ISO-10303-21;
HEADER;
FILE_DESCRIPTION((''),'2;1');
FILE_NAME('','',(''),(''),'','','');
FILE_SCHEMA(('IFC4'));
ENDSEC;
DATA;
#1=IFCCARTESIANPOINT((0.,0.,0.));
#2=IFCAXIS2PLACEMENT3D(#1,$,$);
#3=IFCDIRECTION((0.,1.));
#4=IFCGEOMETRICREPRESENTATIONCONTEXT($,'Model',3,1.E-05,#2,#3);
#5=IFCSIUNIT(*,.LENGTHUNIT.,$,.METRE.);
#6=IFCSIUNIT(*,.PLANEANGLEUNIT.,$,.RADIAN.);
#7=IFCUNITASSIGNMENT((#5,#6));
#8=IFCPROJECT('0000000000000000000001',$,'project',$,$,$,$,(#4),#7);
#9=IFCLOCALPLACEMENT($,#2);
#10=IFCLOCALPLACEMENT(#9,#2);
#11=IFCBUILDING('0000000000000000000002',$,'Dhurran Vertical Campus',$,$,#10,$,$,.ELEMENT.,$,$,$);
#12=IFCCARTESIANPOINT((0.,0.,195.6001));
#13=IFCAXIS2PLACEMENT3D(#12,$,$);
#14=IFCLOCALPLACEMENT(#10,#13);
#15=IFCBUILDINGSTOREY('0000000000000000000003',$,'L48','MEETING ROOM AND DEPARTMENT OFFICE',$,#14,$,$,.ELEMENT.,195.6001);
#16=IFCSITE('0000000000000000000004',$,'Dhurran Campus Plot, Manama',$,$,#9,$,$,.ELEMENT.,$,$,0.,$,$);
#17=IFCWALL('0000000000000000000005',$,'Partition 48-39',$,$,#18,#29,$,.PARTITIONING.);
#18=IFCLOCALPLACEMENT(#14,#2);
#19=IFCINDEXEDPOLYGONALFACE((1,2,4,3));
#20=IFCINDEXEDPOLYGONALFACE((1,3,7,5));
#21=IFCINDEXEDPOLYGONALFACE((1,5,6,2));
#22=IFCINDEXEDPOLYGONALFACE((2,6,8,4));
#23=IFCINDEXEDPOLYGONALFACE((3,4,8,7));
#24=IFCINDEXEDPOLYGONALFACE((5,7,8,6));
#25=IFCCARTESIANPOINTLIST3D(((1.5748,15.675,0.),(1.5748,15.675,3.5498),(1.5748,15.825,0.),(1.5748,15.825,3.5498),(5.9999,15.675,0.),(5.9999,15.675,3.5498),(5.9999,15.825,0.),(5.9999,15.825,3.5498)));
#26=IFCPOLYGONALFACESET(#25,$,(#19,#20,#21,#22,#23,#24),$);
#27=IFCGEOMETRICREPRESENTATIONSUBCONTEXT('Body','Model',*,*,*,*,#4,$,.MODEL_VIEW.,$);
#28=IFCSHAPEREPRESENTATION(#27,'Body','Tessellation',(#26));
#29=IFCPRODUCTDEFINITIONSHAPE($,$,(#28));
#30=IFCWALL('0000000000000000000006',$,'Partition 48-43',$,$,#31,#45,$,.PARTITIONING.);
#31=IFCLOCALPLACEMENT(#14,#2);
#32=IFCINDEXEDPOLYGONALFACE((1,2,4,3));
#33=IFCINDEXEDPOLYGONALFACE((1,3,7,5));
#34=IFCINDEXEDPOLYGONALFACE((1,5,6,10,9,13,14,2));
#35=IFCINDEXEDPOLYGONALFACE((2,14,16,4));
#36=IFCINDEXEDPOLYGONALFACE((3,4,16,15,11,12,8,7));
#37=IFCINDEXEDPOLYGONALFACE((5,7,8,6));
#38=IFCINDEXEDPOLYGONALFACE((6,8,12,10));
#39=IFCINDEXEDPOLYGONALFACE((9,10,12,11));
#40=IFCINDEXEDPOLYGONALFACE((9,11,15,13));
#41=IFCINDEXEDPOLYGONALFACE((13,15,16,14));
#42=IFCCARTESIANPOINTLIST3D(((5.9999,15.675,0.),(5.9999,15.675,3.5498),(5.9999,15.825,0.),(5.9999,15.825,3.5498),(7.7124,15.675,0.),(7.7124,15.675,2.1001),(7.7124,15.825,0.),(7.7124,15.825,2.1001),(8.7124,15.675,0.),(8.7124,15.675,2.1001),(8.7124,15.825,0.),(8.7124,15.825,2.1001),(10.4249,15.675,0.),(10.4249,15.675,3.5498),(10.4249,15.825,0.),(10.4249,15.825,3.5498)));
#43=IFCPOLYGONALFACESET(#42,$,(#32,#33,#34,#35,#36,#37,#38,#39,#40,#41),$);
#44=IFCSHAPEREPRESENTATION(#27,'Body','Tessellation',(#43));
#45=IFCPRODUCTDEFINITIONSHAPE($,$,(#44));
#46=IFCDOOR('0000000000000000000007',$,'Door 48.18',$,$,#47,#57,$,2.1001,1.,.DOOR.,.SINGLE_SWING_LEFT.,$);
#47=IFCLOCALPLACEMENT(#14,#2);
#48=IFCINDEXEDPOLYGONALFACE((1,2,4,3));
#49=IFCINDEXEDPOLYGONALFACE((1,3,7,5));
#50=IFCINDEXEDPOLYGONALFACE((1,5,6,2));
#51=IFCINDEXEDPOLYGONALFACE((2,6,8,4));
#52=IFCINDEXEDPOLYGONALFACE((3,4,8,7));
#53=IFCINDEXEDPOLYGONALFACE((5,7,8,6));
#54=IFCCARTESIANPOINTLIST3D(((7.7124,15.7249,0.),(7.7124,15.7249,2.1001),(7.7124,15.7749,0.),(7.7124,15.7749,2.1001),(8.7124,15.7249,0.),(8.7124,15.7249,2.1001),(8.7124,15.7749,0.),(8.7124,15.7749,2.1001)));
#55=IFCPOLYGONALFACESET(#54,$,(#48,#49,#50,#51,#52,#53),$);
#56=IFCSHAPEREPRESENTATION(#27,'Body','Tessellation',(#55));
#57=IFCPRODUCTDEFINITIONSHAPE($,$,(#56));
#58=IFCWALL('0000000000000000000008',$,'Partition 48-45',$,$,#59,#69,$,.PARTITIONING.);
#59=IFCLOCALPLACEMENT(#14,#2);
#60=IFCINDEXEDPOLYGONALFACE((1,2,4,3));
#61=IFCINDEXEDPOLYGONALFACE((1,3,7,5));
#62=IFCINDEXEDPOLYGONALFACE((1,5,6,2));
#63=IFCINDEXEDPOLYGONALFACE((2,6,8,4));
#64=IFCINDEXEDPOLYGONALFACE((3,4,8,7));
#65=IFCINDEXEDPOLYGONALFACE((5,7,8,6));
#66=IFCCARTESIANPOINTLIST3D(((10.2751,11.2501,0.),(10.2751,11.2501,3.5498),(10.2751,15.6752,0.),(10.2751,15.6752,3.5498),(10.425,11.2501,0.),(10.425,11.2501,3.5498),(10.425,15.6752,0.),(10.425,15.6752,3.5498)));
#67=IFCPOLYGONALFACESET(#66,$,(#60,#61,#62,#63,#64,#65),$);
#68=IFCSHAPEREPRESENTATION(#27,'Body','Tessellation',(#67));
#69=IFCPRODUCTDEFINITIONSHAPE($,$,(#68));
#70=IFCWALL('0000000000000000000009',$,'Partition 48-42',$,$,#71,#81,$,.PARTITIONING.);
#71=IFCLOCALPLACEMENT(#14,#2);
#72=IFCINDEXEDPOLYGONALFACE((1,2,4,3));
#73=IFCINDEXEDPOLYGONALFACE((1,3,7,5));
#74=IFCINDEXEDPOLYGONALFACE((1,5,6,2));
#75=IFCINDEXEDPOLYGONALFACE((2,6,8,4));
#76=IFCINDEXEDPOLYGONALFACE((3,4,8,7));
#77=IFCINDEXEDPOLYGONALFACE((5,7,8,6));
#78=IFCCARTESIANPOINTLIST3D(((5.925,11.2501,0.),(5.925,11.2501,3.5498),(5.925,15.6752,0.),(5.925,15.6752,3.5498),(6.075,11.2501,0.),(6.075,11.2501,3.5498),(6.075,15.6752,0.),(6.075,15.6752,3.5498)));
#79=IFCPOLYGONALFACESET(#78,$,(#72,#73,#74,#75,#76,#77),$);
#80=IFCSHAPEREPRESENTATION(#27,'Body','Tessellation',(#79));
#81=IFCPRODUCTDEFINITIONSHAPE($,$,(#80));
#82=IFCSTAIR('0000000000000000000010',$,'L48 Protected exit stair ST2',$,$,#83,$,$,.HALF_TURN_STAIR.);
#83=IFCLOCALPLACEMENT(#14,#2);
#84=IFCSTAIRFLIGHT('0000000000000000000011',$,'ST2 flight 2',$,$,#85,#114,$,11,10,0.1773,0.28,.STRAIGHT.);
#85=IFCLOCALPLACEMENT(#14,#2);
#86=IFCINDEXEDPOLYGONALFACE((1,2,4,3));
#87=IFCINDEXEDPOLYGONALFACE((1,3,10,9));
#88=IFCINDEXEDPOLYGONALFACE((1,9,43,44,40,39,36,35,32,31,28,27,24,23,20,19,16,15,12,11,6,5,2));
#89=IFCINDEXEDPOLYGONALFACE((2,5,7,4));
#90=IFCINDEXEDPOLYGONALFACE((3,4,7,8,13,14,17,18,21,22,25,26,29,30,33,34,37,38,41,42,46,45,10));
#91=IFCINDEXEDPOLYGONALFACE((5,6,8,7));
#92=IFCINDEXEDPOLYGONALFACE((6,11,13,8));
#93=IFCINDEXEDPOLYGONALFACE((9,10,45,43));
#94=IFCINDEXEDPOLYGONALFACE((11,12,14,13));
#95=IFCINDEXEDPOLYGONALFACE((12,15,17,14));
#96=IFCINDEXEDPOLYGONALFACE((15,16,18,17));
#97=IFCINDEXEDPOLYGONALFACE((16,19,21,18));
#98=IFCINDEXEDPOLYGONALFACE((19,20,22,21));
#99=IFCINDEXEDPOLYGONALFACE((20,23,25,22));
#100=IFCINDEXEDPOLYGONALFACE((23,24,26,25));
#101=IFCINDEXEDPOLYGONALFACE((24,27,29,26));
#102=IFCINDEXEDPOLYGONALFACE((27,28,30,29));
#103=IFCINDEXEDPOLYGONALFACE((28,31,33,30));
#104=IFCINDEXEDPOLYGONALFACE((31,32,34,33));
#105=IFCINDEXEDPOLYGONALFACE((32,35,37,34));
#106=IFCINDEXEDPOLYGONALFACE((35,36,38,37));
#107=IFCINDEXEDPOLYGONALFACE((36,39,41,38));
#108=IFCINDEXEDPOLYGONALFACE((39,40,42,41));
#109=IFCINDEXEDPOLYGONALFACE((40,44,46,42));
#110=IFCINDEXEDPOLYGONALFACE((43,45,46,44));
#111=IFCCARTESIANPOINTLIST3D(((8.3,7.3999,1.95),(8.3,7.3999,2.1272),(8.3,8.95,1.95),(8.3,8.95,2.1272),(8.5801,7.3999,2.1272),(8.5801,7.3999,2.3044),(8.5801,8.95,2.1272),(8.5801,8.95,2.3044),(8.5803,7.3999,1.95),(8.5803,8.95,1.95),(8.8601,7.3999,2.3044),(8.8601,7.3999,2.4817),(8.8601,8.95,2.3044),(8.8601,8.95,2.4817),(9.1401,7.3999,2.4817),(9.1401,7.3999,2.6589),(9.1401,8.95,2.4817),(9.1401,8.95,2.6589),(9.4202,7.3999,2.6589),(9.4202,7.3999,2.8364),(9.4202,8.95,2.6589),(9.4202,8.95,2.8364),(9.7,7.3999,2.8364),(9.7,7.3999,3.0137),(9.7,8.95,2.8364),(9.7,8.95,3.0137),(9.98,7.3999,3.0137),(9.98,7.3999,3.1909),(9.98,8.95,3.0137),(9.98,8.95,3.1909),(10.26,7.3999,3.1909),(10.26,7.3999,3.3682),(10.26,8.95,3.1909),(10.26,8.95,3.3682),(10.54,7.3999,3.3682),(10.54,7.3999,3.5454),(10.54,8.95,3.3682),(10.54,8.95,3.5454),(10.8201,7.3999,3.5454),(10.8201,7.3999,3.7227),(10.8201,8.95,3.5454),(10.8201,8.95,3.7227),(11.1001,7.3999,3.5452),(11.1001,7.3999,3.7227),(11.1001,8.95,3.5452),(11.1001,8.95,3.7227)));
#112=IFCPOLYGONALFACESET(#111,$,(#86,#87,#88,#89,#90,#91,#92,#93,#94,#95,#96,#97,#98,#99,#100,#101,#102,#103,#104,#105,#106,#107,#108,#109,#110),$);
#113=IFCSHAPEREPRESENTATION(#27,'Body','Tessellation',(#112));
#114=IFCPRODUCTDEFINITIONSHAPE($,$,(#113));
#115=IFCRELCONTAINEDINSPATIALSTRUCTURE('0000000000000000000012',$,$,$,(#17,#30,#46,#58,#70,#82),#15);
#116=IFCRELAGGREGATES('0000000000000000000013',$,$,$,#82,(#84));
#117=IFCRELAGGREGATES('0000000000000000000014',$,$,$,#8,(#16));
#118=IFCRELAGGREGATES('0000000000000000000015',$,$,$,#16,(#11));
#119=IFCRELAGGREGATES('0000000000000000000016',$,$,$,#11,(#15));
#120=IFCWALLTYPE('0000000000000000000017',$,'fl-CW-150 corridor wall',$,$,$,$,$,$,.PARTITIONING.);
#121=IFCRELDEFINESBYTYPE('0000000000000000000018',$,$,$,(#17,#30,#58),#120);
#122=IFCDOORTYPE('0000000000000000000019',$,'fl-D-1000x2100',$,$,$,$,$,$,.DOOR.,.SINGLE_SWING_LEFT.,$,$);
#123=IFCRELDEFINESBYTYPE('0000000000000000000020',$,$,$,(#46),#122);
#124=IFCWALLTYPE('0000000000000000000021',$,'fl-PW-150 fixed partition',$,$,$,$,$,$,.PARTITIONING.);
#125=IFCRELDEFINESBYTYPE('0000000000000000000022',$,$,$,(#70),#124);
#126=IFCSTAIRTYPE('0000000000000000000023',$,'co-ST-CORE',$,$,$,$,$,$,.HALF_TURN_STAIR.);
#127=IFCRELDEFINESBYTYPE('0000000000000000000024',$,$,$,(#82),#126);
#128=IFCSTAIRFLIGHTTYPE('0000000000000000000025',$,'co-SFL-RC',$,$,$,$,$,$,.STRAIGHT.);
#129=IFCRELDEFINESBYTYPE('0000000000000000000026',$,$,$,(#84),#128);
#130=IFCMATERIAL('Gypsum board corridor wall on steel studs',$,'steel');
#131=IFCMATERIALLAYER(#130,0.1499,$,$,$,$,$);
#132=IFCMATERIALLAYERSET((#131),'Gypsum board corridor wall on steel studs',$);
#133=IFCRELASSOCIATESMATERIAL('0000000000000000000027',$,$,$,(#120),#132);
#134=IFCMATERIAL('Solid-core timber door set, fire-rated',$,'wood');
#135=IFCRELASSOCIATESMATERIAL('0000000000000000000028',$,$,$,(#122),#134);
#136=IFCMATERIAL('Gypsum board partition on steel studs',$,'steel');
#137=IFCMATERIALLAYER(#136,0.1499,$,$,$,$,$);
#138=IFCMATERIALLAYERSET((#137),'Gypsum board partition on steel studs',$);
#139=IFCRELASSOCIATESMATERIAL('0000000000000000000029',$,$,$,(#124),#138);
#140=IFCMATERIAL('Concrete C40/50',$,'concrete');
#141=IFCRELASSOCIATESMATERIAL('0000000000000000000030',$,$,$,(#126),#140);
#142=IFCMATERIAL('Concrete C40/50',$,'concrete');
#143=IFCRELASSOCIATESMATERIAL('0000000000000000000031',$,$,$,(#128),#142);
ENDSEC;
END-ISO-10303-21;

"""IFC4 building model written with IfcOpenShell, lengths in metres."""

from ifc_helpers import new_model, si_unit, direction, frame, frame_2d, origin, place, context, subcontext, project, spatial, polyline, rectangle, outline, extrude, material, layer, layer_set, type_object, element, fill, aggregate, save


model = new_model("IFC4")

# Units and contexts
model_context = context("Model", 3, precision=1e-05, world=origin(), true_north=direction((0.0, 1.0)))
body_context = subcontext(model_context, "Body", "Model", "MODEL_VIEW")
ifc_project = project(units=[si_unit("LENGTHUNIT", "METRE"), si_unit("PLANEANGLEUNIT", "RADIAN")], contexts=[model_context])

# Site, building, storey
site_placement = place(None, origin())
site = spatial("IfcSite", under=ifc_project, at=site_placement, Name="Dhurran Campus Plot, Manama", CompositionType="ELEMENT", RefElevation=0.0)
building_placement = place(site_placement, origin())
building = spatial("IfcBuilding", under=site, at=building_placement, Name="Dhurran Vertical Campus", CompositionType="ELEMENT")
storey_placement = place(building_placement, frame((0.0, 0.0, 195.6001)))
storey = spatial("IfcBuildingStorey", under=building, at=storey_placement, Name="L48", Description="MEETING ROOM AND DEPARTMENT OFFICE", CompositionType="ELEMENT", Elevation=195.6001)

# Shared definitions
ifc_material_1 = material(Name="Gypsum board corridor wall on steel studs", Category="steel")
ifc_layer_1 = layer(ifc_material_1, 0.1499)
ifc_layer_set_1 = layer_set([ifc_layer_1], Name="Gypsum board corridor wall on steel studs")
wall_type_1 = type_object("IfcWallType", Name="fl-CW-150 corridor wall", PredefinedType="PARTITIONING", material=ifc_layer_set_1)
ifc_material_2 = material(Name="Solid-core timber door set, fire-rated", Category="wood")
door_type = type_object("IfcDoorType", Name="fl-D-1000x2100", OperationType="SINGLE_SWING_LEFT", PredefinedType="DOOR", material=ifc_material_2)

# Wall
wall_1_placement = place(storey_placement, frame((1.575, 15.75, 0.0), z_axis=(0.0, 0.0, 1.0), x_axis=(1.0, 0.0, 0.0)))
element("IfcWall", 1, at=wall_1_placement, inside=storey, type_object=wall_type_1, Name="Partition 48-39", PredefinedType="PARTITIONING", context=body_context, shape_type="SweptSolid", body=[
    extrude(rectangle(XDim=4.425, YDim=0.1499, at=frame_2d((2.2124, 0.0))), origin(), (0.0, 0.0, 1.0), 3.5498),
])

# Wall, opening, door
wall_2_placement = place(storey_placement, frame((6.0, 15.75, 0.0), z_axis=(0.0, 0.0, 1.0), x_axis=(1.0, 0.0, 0.0)))
wall_2 = element("IfcWall", 2, at=wall_2_placement, inside=storey, type_object=wall_type_1, Name="Partition 48-43", PredefinedType="PARTITIONING", context=body_context, shape_type="SweptSolid", body=[
    extrude(rectangle(XDim=4.425, YDim=0.1499, at=frame_2d((2.2124, 0.0))), origin(), (0.0, 0.0, 1.0), 3.5498),
])
opening_1_placement = place(wall_2_placement, frame((1.7124, 0.0, 0.0)))
opening_1 = element("IfcOpeningElement", 3, at=opening_1_placement, cuts=wall_2, PredefinedType="OPENING", context=body_context, shape_type="SweptSolid", body=[
    extrude(rectangle(XDim=1.0, YDim=2.1001, at=frame_2d((0.5, 1.05))), frame((0.0, 0.085, 0.0), z_axis=(0.0, -1.0, 0.0), x_axis=(1.0, 0.0, 0.0)), (0.0, 0.0, 1.0), 0.1699),
])
door_1_placement = place(opening_1_placement, origin())
door_1 = element("IfcDoor", 4, at=door_1_placement, inside=storey, type_object=door_type, Name="Door 48.18", OperationType="SINGLE_SWING_LEFT", OverallHeight=2.1001, OverallWidth=1.0, PredefinedType="DOOR", context=body_context, shape_type="SweptSolid", body=[
    extrude(rectangle(XDim=1.0, YDim=2.1001, at=frame_2d((0.5, 1.05))), frame((0.0, 0.0249, 0.0), z_axis=(0.0, -1.0, 0.0), x_axis=(1.0, 0.0, 0.0)), (0.0, 0.0, 1.0), 0.05),
])
fill(opening_1, door_1)

# Walls
wall_3_placement = place(storey_placement, frame((10.3501, 15.675, 0.0), z_axis=(0.0, 0.0, 1.0), x_axis=(0.0, -1.0, 0.0)))
element("IfcWall", 5, at=wall_3_placement, inside=storey, type_object=wall_type_1, Name="Partition 48-45", PredefinedType="PARTITIONING", context=body_context, shape_type="SweptSolid", body=[
    extrude(rectangle(XDim=4.425, YDim=0.1499, at=frame_2d((2.2124, 0.0))), origin(), (0.0, 0.0, 1.0), 3.5498),
])
ifc_material_3 = material(Name="Gypsum board partition on steel studs", Category="steel")
ifc_layer_2 = layer(ifc_material_3, 0.1499)
ifc_layer_set_2 = layer_set([ifc_layer_2], Name="Gypsum board partition on steel studs")
wall_type_2 = type_object("IfcWallType", Name="fl-PW-150 fixed partition", PredefinedType="PARTITIONING", material=ifc_layer_set_2)
wall_4_placement = place(storey_placement, frame((6.0, 15.675, 0.0), z_axis=(0.0, 0.0, 1.0), x_axis=(0.0, -1.0, 0.0)))
element("IfcWall", 6, at=wall_4_placement, inside=storey, type_object=wall_type_2, Name="Partition 48-42", PredefinedType="PARTITIONING", context=body_context, shape_type="SweptSolid", body=[
    extrude(rectangle(XDim=4.425, YDim=0.1499, at=frame_2d((2.2124, 0.0))), origin(), (0.0, 0.0, 1.0), 3.5498),
])

# Stair, stair flight
ifc_material_4 = material(Name="Concrete C40/50", Category="concrete")
stair_type = type_object("IfcStairType", Name="co-ST-CORE", PredefinedType="HALF_TURN_STAIR", material=ifc_material_4)
stair_placement = place(storey_placement, origin())
stair = element("IfcStair", 7, at=stair_placement, inside=storey, type_object=stair_type, Name="L48 Protected exit stair ST2", PredefinedType="HALF_TURN_STAIR")
ifc_material_5 = material(Name="Concrete C40/50", Category="concrete")
stair_flight_type = type_object("IfcStairFlightType", Name="co-SFL-RC", PredefinedType="STRAIGHT", material=ifc_material_5)
stair_flight_placement = place(storey_placement, frame((8.3, 8.175, 1.95), z_axis=(0.0, 0.0, 1.0), x_axis=(1.0, 0.0, 0.0)))
stair_flight = element("IfcStairFlight", 8, at=stair_flight_placement, type_object=stair_flight_type, Name="ST2 flight 2", NumberOfRisers=11, NumberOfTreads=10, PredefinedType="STRAIGHT", RiserHeight=0.1773, TreadLength=0.28, context=body_context, shape_type="SweptSolid", body=[
    extrude(outline(polyline([(0.0, 0.0), (0.0, 0.1772), (0.28, 0.1772), (0.28, 0.3545), (0.5601, 0.3545), (0.5601, 0.5317), (0.8401, 0.5317), (0.8401, 0.709), (1.1201, 0.709), (1.1201, 0.8865), (1.3999, 0.8865), (1.3999, 1.0637), (1.6799, 1.0637), (1.6799, 1.241), (1.96, 1.241), (1.96, 1.4182), (2.24, 1.4182), (2.24, 1.5955), (2.52, 1.5955), (2.52, 1.7727), (2.8, 1.7727), (2.8, 1.95), (2.8, 1.5952), (0.2803, 0.0), (0.0, 0.0)])), frame((0.0, 0.7749, 0.0), z_axis=(0.0, -1.0, 0.0), x_axis=(1.0, 0.0, 0.0)), (0.0, 0.0, 1.0), 1.55),
])
aggregate(stair, [stair_flight])

save(model, "model.ifc")
